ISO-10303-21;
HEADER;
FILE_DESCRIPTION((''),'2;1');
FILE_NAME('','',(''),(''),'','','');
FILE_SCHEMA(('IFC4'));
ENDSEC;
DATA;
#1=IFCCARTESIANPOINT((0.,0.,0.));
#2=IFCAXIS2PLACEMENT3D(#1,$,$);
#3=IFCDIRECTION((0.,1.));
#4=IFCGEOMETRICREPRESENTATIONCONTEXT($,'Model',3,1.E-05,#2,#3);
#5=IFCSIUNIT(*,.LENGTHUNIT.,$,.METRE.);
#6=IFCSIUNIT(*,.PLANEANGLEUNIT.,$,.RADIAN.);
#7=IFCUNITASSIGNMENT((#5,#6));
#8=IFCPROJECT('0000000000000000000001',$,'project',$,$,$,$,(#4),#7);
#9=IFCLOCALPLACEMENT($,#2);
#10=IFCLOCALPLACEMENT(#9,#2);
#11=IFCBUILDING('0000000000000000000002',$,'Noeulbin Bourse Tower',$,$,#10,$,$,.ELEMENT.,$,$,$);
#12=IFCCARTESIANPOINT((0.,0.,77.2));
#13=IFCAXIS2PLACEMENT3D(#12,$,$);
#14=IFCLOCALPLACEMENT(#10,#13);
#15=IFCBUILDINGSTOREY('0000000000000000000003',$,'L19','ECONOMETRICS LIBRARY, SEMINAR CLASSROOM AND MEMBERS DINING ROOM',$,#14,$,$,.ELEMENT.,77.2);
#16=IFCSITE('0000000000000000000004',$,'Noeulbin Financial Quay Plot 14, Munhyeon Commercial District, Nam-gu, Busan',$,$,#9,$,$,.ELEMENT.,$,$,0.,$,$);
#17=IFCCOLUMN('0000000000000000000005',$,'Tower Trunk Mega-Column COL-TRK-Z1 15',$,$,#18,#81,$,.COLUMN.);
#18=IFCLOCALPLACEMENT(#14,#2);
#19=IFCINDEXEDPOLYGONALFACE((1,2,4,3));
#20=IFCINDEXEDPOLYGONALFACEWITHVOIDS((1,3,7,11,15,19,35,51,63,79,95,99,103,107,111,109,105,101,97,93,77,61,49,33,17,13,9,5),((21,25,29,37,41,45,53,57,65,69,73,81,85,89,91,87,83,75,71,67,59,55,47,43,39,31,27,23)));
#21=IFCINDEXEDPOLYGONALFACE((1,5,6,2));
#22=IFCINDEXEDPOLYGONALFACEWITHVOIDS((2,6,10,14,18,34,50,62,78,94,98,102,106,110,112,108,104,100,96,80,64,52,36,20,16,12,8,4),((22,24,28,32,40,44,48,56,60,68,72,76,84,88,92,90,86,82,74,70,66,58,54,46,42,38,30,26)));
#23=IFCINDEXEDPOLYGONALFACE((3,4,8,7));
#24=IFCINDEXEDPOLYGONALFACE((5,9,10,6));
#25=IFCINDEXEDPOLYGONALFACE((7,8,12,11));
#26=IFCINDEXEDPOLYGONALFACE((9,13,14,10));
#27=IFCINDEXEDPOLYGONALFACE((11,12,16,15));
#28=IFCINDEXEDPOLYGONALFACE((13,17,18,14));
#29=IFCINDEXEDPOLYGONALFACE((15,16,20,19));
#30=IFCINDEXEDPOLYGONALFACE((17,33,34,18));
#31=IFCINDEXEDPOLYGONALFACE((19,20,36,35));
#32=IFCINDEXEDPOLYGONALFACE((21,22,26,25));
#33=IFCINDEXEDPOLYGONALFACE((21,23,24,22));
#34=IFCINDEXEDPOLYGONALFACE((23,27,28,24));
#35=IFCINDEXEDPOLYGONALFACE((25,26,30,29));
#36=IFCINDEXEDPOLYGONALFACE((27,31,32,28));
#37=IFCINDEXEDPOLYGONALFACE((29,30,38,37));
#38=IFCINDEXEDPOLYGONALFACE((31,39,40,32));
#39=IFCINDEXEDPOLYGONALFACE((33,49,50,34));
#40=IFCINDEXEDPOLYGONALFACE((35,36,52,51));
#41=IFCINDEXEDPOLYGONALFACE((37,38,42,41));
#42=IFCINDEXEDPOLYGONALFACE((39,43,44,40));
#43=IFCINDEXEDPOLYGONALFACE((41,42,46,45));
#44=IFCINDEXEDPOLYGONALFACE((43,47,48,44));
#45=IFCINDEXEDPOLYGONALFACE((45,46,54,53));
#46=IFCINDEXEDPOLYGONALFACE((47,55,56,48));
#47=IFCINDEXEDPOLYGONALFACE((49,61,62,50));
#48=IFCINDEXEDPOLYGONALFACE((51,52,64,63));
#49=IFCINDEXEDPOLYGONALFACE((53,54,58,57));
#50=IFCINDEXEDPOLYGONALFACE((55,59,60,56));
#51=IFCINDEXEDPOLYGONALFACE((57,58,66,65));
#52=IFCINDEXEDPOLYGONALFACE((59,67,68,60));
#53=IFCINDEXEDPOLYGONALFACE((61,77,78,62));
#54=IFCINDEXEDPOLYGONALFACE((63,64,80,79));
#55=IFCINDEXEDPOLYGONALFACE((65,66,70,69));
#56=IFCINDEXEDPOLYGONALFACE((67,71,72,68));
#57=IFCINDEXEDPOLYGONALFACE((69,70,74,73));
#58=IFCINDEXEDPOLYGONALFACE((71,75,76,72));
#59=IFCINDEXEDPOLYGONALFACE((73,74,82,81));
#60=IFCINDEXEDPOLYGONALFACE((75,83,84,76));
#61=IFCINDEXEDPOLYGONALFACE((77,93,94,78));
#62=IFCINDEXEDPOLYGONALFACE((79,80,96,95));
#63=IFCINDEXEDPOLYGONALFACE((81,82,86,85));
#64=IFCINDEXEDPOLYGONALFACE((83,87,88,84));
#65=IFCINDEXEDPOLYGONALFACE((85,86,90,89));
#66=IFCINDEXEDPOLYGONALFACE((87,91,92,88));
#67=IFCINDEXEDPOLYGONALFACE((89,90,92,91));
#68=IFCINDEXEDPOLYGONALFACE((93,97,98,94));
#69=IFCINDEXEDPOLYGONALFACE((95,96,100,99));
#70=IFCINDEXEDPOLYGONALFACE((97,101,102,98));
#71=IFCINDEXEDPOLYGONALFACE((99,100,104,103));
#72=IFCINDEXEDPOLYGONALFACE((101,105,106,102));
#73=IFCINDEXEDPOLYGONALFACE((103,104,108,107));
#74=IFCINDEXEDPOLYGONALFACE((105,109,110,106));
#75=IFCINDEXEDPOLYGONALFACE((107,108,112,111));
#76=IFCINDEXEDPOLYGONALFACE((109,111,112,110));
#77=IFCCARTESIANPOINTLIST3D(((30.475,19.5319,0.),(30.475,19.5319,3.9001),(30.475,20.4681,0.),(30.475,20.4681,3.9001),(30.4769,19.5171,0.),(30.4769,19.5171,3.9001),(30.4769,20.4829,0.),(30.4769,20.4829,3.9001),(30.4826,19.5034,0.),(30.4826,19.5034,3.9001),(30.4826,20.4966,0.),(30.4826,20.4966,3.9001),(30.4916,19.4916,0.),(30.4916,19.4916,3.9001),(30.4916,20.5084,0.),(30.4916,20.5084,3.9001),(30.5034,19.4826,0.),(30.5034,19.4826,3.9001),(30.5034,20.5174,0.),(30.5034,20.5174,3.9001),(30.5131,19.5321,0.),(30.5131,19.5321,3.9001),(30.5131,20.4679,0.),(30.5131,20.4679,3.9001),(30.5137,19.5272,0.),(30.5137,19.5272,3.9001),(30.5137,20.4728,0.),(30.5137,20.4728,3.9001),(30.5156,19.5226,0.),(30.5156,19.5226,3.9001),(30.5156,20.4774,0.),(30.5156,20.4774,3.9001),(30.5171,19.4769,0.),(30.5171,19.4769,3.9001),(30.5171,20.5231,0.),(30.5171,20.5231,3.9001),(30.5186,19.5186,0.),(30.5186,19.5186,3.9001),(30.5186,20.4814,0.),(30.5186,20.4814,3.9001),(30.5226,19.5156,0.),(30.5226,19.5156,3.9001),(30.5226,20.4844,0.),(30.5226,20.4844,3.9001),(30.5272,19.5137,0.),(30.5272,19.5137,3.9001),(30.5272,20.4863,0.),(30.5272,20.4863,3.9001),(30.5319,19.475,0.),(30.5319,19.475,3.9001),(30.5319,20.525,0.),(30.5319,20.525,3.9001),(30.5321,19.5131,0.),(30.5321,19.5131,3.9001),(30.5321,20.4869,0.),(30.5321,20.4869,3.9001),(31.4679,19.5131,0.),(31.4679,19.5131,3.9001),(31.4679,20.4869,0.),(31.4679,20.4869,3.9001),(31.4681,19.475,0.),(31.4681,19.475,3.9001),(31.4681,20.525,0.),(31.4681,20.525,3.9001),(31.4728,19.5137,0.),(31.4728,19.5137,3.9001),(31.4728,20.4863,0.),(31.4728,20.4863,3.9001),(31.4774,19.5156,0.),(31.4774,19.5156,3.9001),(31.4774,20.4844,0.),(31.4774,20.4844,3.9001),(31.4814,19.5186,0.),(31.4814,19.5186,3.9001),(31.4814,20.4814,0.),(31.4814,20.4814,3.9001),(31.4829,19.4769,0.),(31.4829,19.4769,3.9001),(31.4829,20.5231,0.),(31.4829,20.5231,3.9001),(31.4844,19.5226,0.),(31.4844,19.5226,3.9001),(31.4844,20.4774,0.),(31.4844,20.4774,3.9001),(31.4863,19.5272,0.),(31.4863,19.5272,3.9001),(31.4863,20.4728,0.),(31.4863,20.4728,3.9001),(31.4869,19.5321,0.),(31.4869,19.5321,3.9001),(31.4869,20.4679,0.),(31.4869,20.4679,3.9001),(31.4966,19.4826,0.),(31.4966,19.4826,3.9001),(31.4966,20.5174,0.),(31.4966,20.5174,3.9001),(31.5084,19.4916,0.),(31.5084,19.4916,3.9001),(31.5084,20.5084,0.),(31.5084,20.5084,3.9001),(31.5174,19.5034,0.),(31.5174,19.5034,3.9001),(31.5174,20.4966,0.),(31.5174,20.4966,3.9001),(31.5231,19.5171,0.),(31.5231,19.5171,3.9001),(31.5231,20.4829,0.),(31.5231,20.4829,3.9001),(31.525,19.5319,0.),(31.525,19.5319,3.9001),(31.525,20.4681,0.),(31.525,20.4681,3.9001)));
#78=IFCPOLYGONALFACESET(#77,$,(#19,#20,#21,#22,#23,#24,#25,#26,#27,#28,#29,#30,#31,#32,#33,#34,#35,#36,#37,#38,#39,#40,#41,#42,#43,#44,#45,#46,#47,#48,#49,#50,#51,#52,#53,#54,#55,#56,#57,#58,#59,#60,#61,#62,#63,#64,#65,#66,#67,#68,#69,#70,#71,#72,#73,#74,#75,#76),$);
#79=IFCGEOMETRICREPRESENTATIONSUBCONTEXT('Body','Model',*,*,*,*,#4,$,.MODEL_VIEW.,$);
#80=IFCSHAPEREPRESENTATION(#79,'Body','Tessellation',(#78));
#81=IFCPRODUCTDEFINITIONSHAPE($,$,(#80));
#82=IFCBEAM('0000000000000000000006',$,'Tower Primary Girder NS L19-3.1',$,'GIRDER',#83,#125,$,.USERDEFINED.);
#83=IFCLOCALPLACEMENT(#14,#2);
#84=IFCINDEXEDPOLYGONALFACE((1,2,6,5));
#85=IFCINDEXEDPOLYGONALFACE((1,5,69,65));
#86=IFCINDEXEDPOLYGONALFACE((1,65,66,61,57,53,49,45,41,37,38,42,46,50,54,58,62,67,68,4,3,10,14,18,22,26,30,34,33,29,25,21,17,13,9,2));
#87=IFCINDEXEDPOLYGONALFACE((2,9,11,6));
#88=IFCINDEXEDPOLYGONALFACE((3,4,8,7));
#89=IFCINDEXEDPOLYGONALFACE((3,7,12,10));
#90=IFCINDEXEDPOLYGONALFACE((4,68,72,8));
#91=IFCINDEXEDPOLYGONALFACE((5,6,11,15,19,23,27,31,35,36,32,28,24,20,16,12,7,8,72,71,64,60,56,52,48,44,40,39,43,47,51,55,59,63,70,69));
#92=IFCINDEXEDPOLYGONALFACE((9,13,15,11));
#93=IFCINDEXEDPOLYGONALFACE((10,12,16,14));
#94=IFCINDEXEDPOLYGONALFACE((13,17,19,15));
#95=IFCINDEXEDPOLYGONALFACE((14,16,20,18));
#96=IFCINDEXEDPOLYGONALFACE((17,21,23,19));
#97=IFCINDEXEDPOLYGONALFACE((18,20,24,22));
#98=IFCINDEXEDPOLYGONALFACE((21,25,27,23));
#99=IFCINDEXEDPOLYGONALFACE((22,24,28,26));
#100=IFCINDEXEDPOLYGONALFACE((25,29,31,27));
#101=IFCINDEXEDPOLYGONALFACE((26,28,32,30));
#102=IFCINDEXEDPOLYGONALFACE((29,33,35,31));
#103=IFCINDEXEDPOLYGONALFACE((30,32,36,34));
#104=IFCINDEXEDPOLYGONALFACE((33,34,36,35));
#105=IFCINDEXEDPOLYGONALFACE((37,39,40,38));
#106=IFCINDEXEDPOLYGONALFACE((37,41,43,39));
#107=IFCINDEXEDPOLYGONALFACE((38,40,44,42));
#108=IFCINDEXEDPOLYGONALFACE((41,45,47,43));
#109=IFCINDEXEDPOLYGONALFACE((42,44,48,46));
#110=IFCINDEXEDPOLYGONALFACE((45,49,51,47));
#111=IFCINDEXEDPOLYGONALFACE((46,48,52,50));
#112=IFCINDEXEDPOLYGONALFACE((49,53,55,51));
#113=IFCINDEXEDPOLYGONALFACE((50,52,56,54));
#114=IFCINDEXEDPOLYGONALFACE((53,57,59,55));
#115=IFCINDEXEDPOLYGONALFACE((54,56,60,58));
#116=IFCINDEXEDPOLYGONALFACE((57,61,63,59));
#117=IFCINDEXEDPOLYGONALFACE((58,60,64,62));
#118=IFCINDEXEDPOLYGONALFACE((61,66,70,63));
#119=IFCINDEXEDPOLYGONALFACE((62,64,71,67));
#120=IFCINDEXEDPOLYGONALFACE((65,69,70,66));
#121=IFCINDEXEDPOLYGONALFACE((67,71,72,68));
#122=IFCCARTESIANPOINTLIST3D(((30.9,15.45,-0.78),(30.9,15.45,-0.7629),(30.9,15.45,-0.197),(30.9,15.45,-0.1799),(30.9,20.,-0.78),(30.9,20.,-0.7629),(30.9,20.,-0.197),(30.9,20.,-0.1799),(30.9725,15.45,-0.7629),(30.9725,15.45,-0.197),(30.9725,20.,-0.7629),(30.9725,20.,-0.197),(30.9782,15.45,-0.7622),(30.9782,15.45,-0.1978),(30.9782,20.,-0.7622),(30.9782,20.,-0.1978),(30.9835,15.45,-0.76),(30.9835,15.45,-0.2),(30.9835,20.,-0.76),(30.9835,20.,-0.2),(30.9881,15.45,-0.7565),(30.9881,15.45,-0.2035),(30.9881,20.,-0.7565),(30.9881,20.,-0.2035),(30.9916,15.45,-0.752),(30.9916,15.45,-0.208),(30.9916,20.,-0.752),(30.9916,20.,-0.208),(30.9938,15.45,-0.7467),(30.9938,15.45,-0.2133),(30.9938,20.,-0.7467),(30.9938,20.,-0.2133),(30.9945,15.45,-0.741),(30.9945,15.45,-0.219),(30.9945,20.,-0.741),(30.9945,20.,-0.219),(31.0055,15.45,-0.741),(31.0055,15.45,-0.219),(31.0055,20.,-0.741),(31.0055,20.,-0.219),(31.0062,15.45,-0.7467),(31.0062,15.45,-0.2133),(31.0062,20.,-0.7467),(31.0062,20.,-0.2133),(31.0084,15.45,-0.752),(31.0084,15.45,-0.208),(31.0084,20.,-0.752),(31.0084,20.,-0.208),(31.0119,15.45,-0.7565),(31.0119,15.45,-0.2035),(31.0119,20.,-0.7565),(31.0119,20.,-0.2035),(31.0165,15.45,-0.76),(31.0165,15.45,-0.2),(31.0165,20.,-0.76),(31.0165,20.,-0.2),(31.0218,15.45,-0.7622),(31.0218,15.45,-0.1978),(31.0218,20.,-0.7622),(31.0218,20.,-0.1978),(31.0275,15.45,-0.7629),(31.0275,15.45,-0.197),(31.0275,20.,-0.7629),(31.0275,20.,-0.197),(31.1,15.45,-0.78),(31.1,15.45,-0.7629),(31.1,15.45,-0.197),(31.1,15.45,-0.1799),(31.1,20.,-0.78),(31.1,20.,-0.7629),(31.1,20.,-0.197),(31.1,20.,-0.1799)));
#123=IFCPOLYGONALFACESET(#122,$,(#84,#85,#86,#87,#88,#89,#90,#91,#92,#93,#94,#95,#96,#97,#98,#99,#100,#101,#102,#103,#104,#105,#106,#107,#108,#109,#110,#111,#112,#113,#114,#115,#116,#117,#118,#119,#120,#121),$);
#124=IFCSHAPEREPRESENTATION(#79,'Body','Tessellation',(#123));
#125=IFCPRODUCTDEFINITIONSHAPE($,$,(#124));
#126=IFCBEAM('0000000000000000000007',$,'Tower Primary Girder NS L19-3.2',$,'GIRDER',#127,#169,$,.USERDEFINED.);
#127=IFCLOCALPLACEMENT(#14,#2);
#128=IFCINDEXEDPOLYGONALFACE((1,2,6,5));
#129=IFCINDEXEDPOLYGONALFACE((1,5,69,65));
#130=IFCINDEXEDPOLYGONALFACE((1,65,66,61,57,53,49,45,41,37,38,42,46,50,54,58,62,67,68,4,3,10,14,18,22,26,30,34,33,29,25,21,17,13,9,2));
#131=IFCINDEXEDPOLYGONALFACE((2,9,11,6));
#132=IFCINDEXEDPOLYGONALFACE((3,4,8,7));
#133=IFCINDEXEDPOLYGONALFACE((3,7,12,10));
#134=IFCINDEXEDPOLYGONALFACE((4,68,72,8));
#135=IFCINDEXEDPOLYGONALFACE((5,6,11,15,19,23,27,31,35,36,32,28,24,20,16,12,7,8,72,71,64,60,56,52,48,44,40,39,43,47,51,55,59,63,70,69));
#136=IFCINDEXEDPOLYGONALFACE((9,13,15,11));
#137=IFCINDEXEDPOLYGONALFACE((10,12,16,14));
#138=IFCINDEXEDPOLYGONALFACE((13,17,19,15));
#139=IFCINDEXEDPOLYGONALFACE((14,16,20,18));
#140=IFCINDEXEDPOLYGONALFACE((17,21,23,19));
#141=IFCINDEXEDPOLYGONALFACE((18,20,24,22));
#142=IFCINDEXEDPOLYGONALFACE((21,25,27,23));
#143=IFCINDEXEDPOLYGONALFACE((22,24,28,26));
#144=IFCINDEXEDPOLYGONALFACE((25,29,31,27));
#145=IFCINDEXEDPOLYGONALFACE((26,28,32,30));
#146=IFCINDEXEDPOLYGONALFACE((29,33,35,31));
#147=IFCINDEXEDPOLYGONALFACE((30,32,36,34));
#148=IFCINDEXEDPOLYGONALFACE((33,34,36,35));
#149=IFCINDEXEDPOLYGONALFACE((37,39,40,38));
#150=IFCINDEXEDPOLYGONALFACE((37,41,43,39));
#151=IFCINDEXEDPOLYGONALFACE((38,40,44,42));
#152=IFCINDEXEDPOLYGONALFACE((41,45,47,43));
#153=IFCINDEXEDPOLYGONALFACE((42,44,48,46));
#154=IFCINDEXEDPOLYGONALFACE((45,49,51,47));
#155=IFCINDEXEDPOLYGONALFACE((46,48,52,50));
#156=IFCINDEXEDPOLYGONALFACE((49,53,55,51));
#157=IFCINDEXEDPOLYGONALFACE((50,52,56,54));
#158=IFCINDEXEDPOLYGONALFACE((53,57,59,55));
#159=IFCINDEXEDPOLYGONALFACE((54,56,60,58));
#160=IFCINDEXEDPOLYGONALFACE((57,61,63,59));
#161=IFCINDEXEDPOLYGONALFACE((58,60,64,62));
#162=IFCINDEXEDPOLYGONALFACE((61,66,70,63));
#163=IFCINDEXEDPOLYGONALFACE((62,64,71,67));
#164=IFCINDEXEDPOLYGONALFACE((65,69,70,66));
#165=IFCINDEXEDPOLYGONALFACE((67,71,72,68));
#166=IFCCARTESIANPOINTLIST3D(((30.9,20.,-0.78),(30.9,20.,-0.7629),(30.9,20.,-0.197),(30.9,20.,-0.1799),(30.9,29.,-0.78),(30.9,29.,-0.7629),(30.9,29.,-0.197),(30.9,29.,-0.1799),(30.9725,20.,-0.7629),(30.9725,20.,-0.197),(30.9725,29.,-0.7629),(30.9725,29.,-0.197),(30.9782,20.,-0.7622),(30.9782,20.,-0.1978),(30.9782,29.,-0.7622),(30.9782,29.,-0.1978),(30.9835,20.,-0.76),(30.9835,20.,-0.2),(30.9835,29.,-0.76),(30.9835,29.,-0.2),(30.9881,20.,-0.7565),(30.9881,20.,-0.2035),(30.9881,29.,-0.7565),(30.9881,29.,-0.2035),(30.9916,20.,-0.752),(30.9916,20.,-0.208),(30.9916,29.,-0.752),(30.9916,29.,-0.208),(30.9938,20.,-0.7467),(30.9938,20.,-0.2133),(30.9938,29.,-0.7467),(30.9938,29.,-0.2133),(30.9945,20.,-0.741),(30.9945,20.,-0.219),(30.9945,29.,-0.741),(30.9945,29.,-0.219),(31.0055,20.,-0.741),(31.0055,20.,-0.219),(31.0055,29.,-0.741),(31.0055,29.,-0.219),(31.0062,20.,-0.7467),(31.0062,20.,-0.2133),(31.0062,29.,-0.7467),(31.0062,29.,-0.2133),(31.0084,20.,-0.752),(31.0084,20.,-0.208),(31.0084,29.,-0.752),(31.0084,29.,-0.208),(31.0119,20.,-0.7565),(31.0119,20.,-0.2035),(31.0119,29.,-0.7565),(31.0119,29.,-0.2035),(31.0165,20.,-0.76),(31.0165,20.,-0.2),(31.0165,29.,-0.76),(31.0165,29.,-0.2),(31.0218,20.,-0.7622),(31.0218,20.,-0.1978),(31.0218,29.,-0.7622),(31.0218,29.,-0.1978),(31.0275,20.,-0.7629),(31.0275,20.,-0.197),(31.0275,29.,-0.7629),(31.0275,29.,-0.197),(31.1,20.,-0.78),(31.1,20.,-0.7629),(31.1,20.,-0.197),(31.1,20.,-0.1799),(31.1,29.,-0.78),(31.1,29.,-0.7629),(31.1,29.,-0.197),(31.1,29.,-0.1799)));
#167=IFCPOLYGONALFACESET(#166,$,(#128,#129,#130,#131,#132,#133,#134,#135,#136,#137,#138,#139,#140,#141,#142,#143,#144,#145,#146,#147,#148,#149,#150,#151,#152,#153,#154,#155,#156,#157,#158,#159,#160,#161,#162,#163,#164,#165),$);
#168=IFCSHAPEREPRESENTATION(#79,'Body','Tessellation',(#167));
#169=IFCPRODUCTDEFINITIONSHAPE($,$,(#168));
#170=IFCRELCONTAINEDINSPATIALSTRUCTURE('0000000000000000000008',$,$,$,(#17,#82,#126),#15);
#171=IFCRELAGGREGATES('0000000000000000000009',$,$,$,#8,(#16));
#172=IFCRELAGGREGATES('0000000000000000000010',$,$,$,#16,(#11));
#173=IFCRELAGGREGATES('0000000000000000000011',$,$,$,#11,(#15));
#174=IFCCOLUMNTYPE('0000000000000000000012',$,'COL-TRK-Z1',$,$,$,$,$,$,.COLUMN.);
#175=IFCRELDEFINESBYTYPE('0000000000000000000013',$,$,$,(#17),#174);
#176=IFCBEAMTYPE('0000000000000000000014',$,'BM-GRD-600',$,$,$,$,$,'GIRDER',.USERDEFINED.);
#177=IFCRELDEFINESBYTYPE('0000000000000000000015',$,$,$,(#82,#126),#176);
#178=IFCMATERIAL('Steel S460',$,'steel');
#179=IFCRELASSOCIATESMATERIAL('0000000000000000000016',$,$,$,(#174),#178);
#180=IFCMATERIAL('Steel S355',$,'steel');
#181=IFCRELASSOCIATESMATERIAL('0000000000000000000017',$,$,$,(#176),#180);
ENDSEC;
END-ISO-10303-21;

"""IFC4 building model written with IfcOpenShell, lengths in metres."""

from ifc_helpers import new_model, si_unit, direction, frame, origin, origin_2d, place, context, subcontext, project, spatial, hollow_rectangle, i_section, extrude, material, material_profile, profile_set, type_object, element, save


model = new_model("IFC4")

# Units and contexts
model_context = context("Model", 3, precision=1e-05, world=origin(), true_north=direction((0.0, 1.0)))
body_context = subcontext(model_context, "Body", "Model", "MODEL_VIEW")
ifc_project = project(units=[si_unit("LENGTHUNIT", "METRE"), si_unit("PLANEANGLEUNIT", "RADIAN")], contexts=[model_context])

# Site, building, storey
site_placement = place(None, origin())
site = spatial("IfcSite", under=ifc_project, at=site_placement, Name="Noeulbin Financial Quay Plot 14, Munhyeon Commercial District, Nam-gu, Busan", CompositionType="ELEMENT", RefElevation=0.0)
building_placement = place(site_placement, origin())
building = spatial("IfcBuilding", under=site, at=building_placement, Name="Noeulbin Bourse Tower", CompositionType="ELEMENT")
storey_placement = place(building_placement, frame((0.0, 0.0, 77.2)))
storey = spatial("IfcBuildingStorey", under=building, at=storey_placement, Name="L19", Description="ECONOMETRICS LIBRARY, SEMINAR CLASSROOM AND MEMBERS DINING ROOM", CompositionType="ELEMENT", Elevation=77.2)

# Column
ifc_material_1 = material(Name="Steel S355", Category="steel")
ifc_material_2 = material(Name="Steel S460", Category="steel")
ifc_material_profile_1 = material_profile(ifc_material_2, hollow_rectangle(XDim=1.05, YDim=1.05, WallThickness=0.0381, InnerFilletRadius=0.019, OuterFilletRadius=0.0569, at=origin_2d()), Name="BOX-1050x1050x38", Category="LoadBearing")
ifc_profile_set_1 = profile_set([ifc_material_profile_1], Name="Steel S460")
column_type_1 = type_object("IfcColumnType", Name="COL-TRK-Z1", PredefinedType="COLUMN", material=ifc_profile_set_1)
column_1_placement = place(storey_placement, frame((31.0, 20.0, 0.0), z_axis=(0.0, 0.0, 1.0), x_axis=(1.0, 0.0, 0.0)))
element("IfcColumn", 1, at=column_1_placement, inside=storey, type_object=column_type_1, Name="Tower Trunk Mega-Column COL-TRK-Z1 15", PredefinedType="COLUMN", context=body_context, shape_type="SweptSolid", body=[
    extrude(hollow_rectangle(XDim=1.05, YDim=1.05, WallThickness=0.0381, InnerFilletRadius=0.019, OuterFilletRadius=0.0569, at=origin_2d()), origin(), (0.0, 0.0, 1.0), 3.9001),
])

# Beams
ifc_material_profile_2 = material_profile(ifc_material_1, i_section(OverallWidth=0.2, OverallDepth=0.6001, WebThickness=0.011, FlangeThickness=0.0171, FilletRadius=0.022, at=origin_2d()), Name="H-600x200x11x17", Category="LoadBearing")
ifc_profile_set_2 = profile_set([ifc_material_profile_2], Name="Steel S355")
beam_type_1 = type_object("IfcBeamType", Name="BM-GRD-600", ElementType="GIRDER", PredefinedType="USERDEFINED", material=ifc_profile_set_2)
beam_1_placement = place(storey_placement, frame((31.0, 15.45, -0.48), z_axis=(0.0, 1.0, 0.0), x_axis=(-1.0, 0.0, 0.0)))
element("IfcBeam", 2, at=beam_1_placement, inside=storey, type_object=beam_type_1, Name="Tower Primary Girder NS L19-3.1", ObjectType="GIRDER", PredefinedType="USERDEFINED", context=body_context, shape_type="SweptSolid", body=[
    extrude(i_section(OverallWidth=0.2, OverallDepth=0.6001, WebThickness=0.011, FlangeThickness=0.0171, FilletRadius=0.022, at=origin_2d()), origin(), (0.0, 0.0, 1.0), 4.55),
])
beam_2_placement = place(storey_placement, frame((31.0, 20.0, -0.48), z_axis=(0.0, 1.0, 0.0), x_axis=(-1.0, 0.0, 0.0)))
element("IfcBeam", 3, at=beam_2_placement, inside=storey, type_object=beam_type_1, Name="Tower Primary Girder NS L19-3.2", ObjectType="GIRDER", PredefinedType="USERDEFINED", context=body_context, shape_type="SweptSolid", body=[
    extrude(i_section(OverallWidth=0.2, OverallDepth=0.6001, WebThickness=0.011, FlangeThickness=0.0171, FilletRadius=0.022, at=origin_2d()), origin(), (0.0, 0.0, 1.0), 9.0),
])

save(model, "model.ifc")
